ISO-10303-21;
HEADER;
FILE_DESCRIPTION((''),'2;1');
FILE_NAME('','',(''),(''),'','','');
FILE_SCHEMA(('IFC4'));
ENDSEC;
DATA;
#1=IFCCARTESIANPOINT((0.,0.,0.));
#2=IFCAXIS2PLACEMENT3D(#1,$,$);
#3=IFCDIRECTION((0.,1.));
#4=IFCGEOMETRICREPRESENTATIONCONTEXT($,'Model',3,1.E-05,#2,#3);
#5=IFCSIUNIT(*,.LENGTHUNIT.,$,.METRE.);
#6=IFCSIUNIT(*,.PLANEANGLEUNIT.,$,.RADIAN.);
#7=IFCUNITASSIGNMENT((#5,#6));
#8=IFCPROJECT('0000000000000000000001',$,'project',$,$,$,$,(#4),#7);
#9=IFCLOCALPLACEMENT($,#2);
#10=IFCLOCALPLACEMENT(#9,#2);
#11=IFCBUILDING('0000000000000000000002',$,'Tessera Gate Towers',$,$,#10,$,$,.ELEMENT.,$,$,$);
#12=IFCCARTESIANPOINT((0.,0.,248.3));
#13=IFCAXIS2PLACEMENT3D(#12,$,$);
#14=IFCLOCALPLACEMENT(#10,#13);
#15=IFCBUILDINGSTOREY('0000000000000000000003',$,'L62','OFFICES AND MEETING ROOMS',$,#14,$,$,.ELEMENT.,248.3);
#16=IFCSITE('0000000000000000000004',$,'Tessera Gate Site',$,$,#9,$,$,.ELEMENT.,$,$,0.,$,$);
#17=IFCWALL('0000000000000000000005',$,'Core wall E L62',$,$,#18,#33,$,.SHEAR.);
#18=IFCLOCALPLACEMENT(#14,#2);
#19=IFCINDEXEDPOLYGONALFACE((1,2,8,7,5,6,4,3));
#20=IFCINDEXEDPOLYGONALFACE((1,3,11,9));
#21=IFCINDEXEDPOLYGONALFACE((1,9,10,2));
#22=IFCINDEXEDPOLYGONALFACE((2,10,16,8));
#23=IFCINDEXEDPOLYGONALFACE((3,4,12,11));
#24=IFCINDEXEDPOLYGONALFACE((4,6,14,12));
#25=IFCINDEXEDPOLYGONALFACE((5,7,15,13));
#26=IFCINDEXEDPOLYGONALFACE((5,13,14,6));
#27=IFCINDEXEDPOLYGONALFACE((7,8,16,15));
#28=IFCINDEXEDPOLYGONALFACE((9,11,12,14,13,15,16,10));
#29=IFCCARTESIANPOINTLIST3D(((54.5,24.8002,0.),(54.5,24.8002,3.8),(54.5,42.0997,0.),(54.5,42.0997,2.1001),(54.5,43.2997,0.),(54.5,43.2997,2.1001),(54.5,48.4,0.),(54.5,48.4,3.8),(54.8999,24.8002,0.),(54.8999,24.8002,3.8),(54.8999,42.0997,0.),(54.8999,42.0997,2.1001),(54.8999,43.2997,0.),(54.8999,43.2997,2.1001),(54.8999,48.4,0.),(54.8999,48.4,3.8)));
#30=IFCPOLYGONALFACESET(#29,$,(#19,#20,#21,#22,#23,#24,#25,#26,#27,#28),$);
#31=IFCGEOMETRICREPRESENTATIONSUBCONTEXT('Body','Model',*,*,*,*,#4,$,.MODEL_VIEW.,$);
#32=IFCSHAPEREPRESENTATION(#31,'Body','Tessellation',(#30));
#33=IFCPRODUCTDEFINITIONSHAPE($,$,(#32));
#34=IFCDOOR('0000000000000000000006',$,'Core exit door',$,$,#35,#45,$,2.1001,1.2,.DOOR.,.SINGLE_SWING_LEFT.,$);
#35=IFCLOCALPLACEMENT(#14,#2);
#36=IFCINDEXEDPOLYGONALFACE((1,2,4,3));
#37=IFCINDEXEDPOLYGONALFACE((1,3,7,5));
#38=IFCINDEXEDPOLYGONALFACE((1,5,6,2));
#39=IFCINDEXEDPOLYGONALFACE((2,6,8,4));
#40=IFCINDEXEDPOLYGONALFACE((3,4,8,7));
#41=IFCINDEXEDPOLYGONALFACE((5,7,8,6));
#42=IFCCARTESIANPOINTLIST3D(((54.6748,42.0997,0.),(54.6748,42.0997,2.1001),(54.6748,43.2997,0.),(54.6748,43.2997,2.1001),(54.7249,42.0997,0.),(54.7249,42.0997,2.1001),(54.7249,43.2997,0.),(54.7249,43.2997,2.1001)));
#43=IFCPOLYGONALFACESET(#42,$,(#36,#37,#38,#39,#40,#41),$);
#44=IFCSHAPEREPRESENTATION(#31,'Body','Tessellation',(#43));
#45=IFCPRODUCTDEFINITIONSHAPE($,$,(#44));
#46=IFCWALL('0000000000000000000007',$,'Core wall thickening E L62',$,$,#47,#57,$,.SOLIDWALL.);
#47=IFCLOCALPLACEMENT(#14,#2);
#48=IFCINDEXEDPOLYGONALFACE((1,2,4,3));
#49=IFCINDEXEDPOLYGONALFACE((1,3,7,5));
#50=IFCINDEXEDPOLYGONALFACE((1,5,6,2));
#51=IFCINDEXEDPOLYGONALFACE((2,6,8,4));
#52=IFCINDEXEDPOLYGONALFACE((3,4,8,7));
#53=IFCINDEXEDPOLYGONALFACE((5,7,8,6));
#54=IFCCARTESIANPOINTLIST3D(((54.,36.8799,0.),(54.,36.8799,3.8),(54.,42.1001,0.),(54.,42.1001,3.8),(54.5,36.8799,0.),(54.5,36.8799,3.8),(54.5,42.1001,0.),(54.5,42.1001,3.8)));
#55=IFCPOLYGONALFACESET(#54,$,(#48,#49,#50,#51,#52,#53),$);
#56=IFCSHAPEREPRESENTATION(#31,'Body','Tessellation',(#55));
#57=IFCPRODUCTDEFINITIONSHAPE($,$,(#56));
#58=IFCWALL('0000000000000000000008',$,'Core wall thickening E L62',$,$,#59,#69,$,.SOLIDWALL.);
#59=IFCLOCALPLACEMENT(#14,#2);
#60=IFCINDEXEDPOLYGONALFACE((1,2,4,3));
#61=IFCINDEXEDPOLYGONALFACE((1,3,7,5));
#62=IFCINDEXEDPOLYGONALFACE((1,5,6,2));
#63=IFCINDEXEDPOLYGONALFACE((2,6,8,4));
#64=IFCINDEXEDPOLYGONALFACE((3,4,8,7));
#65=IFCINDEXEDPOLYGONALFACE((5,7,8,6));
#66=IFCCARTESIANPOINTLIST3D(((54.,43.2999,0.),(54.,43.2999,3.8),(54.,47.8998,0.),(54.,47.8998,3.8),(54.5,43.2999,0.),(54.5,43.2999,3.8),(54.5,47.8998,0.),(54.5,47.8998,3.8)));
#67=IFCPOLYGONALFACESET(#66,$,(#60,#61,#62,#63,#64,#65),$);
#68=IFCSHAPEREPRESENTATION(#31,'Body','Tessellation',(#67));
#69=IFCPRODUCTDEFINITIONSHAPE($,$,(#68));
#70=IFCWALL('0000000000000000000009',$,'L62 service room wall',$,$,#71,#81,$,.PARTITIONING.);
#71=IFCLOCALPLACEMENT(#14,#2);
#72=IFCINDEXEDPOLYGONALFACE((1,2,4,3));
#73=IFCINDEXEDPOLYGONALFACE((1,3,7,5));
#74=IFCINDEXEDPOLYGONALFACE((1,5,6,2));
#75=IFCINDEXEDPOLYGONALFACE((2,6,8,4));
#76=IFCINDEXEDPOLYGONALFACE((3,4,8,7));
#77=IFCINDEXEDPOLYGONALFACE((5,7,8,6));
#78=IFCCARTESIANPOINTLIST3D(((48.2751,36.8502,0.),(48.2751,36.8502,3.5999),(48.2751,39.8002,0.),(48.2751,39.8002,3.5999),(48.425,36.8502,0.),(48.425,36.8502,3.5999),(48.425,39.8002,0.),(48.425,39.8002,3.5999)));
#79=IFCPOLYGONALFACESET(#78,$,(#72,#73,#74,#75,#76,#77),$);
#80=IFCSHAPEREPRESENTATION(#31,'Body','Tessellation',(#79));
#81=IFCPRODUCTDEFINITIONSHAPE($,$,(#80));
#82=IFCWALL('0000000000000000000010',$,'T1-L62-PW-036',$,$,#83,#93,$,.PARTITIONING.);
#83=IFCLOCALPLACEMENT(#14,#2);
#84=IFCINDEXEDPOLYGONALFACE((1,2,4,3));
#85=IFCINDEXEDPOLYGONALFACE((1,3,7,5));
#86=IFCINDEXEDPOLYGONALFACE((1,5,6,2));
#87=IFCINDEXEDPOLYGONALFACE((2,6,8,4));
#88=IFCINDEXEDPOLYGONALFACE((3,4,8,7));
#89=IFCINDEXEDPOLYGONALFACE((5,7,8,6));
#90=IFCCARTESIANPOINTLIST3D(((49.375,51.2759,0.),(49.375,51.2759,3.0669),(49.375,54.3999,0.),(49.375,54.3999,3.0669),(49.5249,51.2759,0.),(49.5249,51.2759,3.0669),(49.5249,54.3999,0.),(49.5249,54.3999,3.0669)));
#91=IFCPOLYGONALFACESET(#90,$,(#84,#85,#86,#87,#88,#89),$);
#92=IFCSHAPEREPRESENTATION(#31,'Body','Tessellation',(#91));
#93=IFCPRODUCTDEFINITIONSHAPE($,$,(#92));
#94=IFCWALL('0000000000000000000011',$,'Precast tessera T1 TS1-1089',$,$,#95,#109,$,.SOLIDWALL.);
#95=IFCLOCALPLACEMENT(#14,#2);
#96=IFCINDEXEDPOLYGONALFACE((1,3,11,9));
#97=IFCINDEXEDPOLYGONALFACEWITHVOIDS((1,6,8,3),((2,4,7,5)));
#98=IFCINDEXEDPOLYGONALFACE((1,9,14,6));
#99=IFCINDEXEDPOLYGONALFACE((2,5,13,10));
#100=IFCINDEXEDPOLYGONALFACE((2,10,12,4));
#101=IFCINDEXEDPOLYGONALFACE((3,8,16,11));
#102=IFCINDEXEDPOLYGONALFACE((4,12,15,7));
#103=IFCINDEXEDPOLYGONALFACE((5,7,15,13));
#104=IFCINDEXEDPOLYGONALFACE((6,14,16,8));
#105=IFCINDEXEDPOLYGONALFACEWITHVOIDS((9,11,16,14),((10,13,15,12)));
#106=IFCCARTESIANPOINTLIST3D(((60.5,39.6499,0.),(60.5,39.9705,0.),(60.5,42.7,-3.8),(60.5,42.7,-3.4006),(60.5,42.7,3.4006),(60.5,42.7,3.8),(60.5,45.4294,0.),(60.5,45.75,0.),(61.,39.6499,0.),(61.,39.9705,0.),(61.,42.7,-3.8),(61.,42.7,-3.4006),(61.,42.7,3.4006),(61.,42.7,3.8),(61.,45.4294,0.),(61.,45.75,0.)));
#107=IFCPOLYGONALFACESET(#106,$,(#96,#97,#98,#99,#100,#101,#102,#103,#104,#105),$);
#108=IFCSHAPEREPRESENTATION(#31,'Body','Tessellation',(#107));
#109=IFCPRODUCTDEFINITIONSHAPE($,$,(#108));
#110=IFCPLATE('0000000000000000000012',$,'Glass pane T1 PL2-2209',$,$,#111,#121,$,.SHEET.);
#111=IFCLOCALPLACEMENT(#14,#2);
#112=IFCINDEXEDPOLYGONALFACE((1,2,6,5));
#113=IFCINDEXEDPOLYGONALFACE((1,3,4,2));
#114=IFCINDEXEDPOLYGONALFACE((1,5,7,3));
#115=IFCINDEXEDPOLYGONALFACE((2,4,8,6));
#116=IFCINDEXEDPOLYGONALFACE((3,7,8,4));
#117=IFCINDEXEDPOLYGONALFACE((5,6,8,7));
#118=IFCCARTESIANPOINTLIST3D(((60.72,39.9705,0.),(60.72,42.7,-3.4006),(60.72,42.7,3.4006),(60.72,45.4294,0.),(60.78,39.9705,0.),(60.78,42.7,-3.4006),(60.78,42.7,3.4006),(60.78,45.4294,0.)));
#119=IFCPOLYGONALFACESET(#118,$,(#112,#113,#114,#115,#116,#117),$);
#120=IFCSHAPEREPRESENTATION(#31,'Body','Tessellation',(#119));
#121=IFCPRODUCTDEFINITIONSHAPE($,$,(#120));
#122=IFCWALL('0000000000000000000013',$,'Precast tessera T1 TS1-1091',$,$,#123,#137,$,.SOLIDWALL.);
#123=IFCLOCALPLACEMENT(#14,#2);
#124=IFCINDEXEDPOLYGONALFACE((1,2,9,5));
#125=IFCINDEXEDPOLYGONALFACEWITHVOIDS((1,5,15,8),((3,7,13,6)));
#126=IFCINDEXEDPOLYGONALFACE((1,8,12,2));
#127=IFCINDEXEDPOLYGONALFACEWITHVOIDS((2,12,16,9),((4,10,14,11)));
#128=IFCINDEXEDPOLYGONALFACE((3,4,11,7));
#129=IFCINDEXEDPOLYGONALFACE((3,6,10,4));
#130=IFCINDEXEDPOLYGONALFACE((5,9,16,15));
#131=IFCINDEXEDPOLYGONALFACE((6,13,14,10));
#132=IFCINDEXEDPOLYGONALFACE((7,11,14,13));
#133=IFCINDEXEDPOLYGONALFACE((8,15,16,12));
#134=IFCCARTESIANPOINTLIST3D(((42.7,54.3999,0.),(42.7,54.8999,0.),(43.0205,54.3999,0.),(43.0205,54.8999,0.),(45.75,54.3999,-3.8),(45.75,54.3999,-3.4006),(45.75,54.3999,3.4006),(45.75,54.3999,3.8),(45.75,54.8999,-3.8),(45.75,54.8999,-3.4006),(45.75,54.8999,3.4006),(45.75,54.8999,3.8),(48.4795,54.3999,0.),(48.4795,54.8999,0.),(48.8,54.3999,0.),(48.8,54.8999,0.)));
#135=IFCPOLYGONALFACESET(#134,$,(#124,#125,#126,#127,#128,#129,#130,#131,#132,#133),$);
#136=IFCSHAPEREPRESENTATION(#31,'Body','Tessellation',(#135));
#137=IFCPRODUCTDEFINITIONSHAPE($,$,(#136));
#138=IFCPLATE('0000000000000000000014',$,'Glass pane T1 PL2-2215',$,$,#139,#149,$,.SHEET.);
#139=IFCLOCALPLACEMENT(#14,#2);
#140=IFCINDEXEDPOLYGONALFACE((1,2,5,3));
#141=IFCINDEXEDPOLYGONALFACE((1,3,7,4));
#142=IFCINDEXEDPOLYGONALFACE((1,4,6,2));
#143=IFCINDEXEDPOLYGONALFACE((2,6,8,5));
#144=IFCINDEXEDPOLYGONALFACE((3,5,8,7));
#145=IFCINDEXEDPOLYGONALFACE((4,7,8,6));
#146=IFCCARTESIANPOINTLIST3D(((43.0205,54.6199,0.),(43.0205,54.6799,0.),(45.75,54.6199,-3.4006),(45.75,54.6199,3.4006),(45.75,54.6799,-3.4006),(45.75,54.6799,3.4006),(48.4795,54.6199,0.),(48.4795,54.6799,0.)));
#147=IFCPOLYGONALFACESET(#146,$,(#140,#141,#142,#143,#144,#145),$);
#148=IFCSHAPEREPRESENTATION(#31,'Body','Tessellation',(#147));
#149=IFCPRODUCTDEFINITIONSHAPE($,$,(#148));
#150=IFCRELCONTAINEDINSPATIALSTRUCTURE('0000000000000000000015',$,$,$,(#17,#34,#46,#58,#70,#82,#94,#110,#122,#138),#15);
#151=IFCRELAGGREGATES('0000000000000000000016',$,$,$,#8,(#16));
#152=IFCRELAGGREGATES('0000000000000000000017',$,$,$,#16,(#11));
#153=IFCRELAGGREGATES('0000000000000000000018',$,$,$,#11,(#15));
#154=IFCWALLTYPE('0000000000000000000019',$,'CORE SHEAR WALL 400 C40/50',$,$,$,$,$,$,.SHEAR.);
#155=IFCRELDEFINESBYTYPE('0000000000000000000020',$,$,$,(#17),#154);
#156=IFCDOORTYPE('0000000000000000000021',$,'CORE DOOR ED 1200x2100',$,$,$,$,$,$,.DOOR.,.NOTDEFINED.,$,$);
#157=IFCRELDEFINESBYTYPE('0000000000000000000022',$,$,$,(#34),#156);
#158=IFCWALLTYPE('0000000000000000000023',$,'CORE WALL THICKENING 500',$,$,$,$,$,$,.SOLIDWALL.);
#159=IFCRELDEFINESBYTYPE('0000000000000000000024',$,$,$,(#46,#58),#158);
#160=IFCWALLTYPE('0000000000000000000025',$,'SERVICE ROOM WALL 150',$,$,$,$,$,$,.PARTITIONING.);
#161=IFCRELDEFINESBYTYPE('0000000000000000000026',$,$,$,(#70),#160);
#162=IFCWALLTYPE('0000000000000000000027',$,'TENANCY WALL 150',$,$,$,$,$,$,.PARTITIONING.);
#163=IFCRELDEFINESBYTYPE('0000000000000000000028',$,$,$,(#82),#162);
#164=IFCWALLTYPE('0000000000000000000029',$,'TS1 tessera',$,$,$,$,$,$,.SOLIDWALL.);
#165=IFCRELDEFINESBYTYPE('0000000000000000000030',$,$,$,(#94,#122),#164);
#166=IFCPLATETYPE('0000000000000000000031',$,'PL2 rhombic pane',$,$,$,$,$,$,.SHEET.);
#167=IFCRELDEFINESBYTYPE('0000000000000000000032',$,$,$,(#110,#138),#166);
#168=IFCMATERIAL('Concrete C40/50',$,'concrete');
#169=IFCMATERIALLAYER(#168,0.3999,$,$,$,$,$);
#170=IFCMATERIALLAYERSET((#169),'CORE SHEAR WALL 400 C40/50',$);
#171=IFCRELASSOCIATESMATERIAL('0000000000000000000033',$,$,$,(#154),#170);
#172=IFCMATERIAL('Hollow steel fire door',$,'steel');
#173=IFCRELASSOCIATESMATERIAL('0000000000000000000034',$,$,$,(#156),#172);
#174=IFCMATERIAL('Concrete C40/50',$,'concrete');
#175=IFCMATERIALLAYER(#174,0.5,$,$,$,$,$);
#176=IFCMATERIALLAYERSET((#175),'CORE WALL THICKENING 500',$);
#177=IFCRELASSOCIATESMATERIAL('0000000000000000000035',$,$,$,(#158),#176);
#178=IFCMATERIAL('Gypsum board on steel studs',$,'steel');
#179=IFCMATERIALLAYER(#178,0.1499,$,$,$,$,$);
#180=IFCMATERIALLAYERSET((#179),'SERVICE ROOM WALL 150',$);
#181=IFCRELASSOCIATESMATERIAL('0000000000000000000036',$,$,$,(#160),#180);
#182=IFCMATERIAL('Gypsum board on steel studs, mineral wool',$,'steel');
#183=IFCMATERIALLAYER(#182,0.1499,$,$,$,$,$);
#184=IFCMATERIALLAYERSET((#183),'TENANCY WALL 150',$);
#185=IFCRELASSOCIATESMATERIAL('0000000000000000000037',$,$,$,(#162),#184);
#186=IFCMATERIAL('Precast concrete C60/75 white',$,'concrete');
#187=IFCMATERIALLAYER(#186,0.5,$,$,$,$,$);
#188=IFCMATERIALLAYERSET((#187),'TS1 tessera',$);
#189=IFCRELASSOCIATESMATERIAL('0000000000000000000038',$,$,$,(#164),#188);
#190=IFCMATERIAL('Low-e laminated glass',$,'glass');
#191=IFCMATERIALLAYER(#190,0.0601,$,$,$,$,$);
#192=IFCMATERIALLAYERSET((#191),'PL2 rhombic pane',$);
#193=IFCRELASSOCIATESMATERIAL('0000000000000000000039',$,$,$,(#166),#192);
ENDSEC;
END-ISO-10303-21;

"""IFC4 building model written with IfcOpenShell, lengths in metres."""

from ifc_helpers import new_model, si_unit, direction, frame, frame_2d, origin, place, context, subcontext, project, spatial, polyline, rectangle, outline, extrude, source, transform, mapped, material, layer, layer_set, type_object, element, fill, save


model = new_model("IFC4")

# Units and contexts
model_context = context("Model", 3, precision=1e-05, world=origin(), true_north=direction((0.0, 1.0)))
body_context = subcontext(model_context, "Body", "Model", "MODEL_VIEW")
ifc_project = project(units=[si_unit("LENGTHUNIT", "METRE"), si_unit("PLANEANGLEUNIT", "RADIAN")], contexts=[model_context])

# Site, building, storey
site_placement = place(None, origin())
site = spatial("IfcSite", under=ifc_project, at=site_placement, Name="Tessera Gate Site", CompositionType="ELEMENT", RefElevation=0.0)
building_placement = place(site_placement, origin())
building = spatial("IfcBuilding", under=site, at=building_placement, Name="Tessera Gate Towers", CompositionType="ELEMENT")
storey_placement = place(building_placement, frame((0.0, 0.0, 248.3)))
storey = spatial("IfcBuildingStorey", under=building, at=storey_placement, Name="L62", Description="OFFICES AND MEETING ROOMS", CompositionType="ELEMENT", Elevation=248.3)

# Shared definitions
shared_shape_1 = source(origin(), body_context, "Body", "SweptSolid", [
    extrude(rectangle(XDim=1.2, YDim=2.1001, at=frame_2d((0.6001, 1.05))), frame((0.0, 0.0249, 0.0), z_axis=(0.0, -1.0, 0.0), x_axis=(1.0, 0.0, 0.0)), (0.0, 0.0, 1.0), 0.05),
])

# Wall, opening, door
ifc_material_1 = material(Name="Concrete C40/50", Category="concrete")
ifc_layer_1 = layer(ifc_material_1, 0.3999)
ifc_layer_set_1 = layer_set([ifc_layer_1], Name="CORE SHEAR WALL 400 C40/50")
wall_type_1 = type_object("IfcWallType", Name="CORE SHEAR WALL 400 C40/50", PredefinedType="SHEAR", material=ifc_layer_set_1)
wall_1_placement = place(storey_placement, frame((54.7, 48.3999, 0.0), z_axis=(0.0, 0.0, 1.0), x_axis=(0.0, -1.0, 0.0)))
wall_1 = element("IfcWall", 1, at=wall_1_placement, inside=storey, type_object=wall_type_1, Name="Core wall E L62", PredefinedType="SHEAR", context=body_context, shape_type="SweptSolid", body=[
    extrude(rectangle(XDim=23.5999, YDim=0.3999, at=frame_2d((11.7998, 0.0))), origin(), (0.0, 0.0, 1.0), 3.8),
])
shared_shape_2 = source(origin(), body_context, "Body", "SweptSolid", [
    extrude(rectangle(XDim=1.2, YDim=2.1001, at=frame_2d((0.6001, 1.05))), frame((0.0, 0.21, 0.0), z_axis=(0.0, -1.0, 0.0), x_axis=(1.0, 0.0, 0.0)), (0.0, 0.0, 1.0), 0.4199),
])
opening_1_placement = place(wall_1_placement, frame((5.1001, 0.0, 0.0)))
opening_1 = element("IfcOpeningElement", 2, at=opening_1_placement, cuts=wall_1, PredefinedType="OPENING", context=body_context, shape_type="MappedRepresentation", body=[
    mapped(shared_shape_2, transform((0.0, 0.0, 0.0), scale=1.0)),
])
ifc_material_2 = material(Name="Hollow steel fire door", Category="steel")
door_type_1 = type_object("IfcDoorType", Name="CORE DOOR ED 1200x2100", OperationType="NOTDEFINED", PredefinedType="DOOR", material=ifc_material_2)
door_1_placement = place(opening_1_placement, origin())
door_1 = element("IfcDoor", 3, at=door_1_placement, inside=storey, type_object=door_type_1, Name="Core exit door", OperationType="SINGLE_SWING_LEFT", OverallHeight=2.1001, OverallWidth=1.2, PredefinedType="DOOR", context=body_context, shape_type="MappedRepresentation", body=[
    mapped(shared_shape_1, transform((0.0, 0.0, 0.0), scale=1.0)),
])
fill(opening_1, door_1)

# Walls
ifc_material_3 = material(Name="Concrete C40/50", Category="concrete")
ifc_layer_2 = layer(ifc_material_3, 0.5)
ifc_layer_set_2 = layer_set([ifc_layer_2], Name="CORE WALL THICKENING 500")
wall_type_2 = type_object("IfcWallType", Name="CORE WALL THICKENING 500", PredefinedType="SOLIDWALL", material=ifc_layer_set_2)
wall_2_placement = place(storey_placement, frame((54.25, 36.8799, 0.0), z_axis=(0.0, 0.0, 1.0), x_axis=(0.0, 1.0, 0.0)))
element("IfcWall", 4, at=wall_2_placement, inside=storey, type_object=wall_type_2, Name="Core wall thickening E L62", PredefinedType="SOLIDWALL", context=body_context, shape_type="SweptSolid", body=[
    extrude(rectangle(XDim=5.2202, YDim=0.5, at=frame_2d((2.6101, 0.0))), origin(), (0.0, 0.0, 1.0), 3.8),
])
wall_3_placement = place(storey_placement, frame((54.25, 43.3, 0.0), z_axis=(0.0, 0.0, 1.0), x_axis=(0.0, 1.0, 0.0)))
element("IfcWall", 5, at=wall_3_placement, inside=storey, type_object=wall_type_2, Name="Core wall thickening E L62", PredefinedType="SOLIDWALL", context=body_context, shape_type="SweptSolid", body=[
    extrude(rectangle(XDim=4.5999, YDim=0.5, at=frame_2d((2.2998, 0.0))), origin(), (0.0, 0.0, 1.0), 3.8),
])
ifc_material_4 = material(Name="Gypsum board on steel studs", Category="steel")
ifc_layer_3 = layer(ifc_material_4, 0.1499)
ifc_layer_set_3 = layer_set([ifc_layer_3], Name="SERVICE ROOM WALL 150")
wall_type_3 = type_object("IfcWallType", Name="SERVICE ROOM WALL 150", PredefinedType="PARTITIONING", material=ifc_layer_set_3)
wall_4_placement = place(storey_placement, frame((48.3501, 36.8501, 0.0), z_axis=(0.0, 0.0, 1.0), x_axis=(0.0, 1.0, 0.0)))
element("IfcWall", 6, at=wall_4_placement, inside=storey, type_object=wall_type_3, Name="L62 service room wall", PredefinedType="PARTITIONING", context=body_context, shape_type="SweptSolid", body=[
    extrude(rectangle(XDim=2.95, YDim=0.1499, at=frame_2d((1.4751, 0.0))), origin(), (0.0, 0.0, 1.0), 3.5999),
])
ifc_material_5 = material(Name="Gypsum board on steel studs, mineral wool", Category="steel")
ifc_layer_4 = layer(ifc_material_5, 0.1499)
ifc_layer_set_4 = layer_set([ifc_layer_4], Name="TENANCY WALL 150")
wall_type_4 = type_object("IfcWallType", Name="TENANCY WALL 150", PredefinedType="PARTITIONING", material=ifc_layer_set_4)
wall_5_placement = place(storey_placement, frame((49.45, 51.2759, 0.0), z_axis=(0.0, 0.0, 1.0), x_axis=(0.0, 1.0, 0.0)))
element("IfcWall", 7, at=wall_5_placement, inside=storey, type_object=wall_type_4, Name="T1-L62-PW-036", PredefinedType="PARTITIONING", context=body_context, shape_type="SweptSolid", body=[
    extrude(rectangle(XDim=3.124, YDim=0.1499, at=frame_2d((1.562, 0.0))), origin(), (0.0, 0.0, 1.0), 3.0669),
])

# Walls, openings, plates
ifc_material_6 = material(Name="Precast concrete C60/75 white", Category="concrete")
ifc_layer_5 = layer(ifc_material_6, 0.5)
ifc_layer_set_5 = layer_set([ifc_layer_5], Name="TS1 tessera")
wall_type_5 = type_object("IfcWallType", Name="TS1 tessera", PredefinedType="SOLIDWALL", material=ifc_layer_set_5)
shared_shape_3 = source(origin(), body_context, "Body", "SweptSolid", [
    extrude(outline(polyline([(3.05, 0.0), (6.1001, 3.8), (3.05, 7.6001), (0.0, 3.8), (3.05, 0.0)])), frame((0.0, 0.25, 0.0), z_axis=(0.0, -1.0, 0.0), x_axis=(1.0, 0.0, 0.0)), (0.0, 0.0, 1.0), 0.5),
])
wall_6_placement = place(storey_placement, frame((60.75, 39.6499, -3.8), z_axis=(0.0, 0.0, 1.0), x_axis=(0.0, 1.0, 0.0)))
wall_6 = element("IfcWall", 8, at=wall_6_placement, inside=storey, type_object=wall_type_5, Name="Precast tessera T1 TS1-1089", PredefinedType="SOLIDWALL", context=body_context, shape_type="MappedRepresentation", body=[
    mapped(shared_shape_3, transform((0.0, 0.0, 0.0), scale=1.0)),
])
shared_shape_4 = source(origin(), body_context, "Body", "SweptSolid", [
    extrude(outline(polyline([(3.05, 0.3994), (5.7795, 3.8), (3.05, 7.2007), (0.3206, 3.8), (3.05, 0.3994)])), frame((0.0, 0.26, 0.0), z_axis=(0.0, -1.0, 0.0), x_axis=(1.0, 0.0, 0.0)), (0.0, 0.0, 1.0), 0.52),
])
opening_2_placement = place(wall_6_placement, origin())
opening_2 = element("IfcOpeningElement", 9, at=opening_2_placement, cuts=wall_6, PredefinedType="OPENING", context=body_context, shape_type="MappedRepresentation", body=[
    mapped(shared_shape_4, transform((0.0, 0.0, 0.0), scale=1.0)),
])
ifc_material_7 = material(Name="Low-e laminated glass", Category="glass")
ifc_layer_6 = layer(ifc_material_7, 0.0601)
ifc_layer_set_6 = layer_set([ifc_layer_6], Name="PL2 rhombic pane")
plate_type = type_object("IfcPlateType", Name="PL2 rhombic pane", PredefinedType="SHEET", material=ifc_layer_set_6)
shared_shape_5 = source(origin(), body_context, "Body", "SweptSolid", [
    extrude(outline(polyline([(3.05, 0.3994), (5.7795, 3.8), (3.05, 7.2007), (0.3206, 3.8), (3.05, 0.3994)])), frame((0.0, 0.03, 0.0), z_axis=(0.0, -1.0, 0.0), x_axis=(1.0, 0.0, 0.0)), (0.0, 0.0, 1.0), 0.0601),
])
plate_1_placement = place(opening_2_placement, origin())
plate_1 = element("IfcPlate", 10, at=plate_1_placement, inside=storey, type_object=plate_type, Name="Glass pane T1 PL2-2209", PredefinedType="SHEET", context=body_context, shape_type="MappedRepresentation", body=[
    mapped(shared_shape_5, transform((0.0, 0.0, 0.0), scale=1.0)),
])
fill(opening_2, plate_1)
wall_7_placement = place(storey_placement, frame((48.8, 54.6499, -3.8), z_axis=(0.0, 0.0, 1.0), x_axis=(-1.0, 0.0, 0.0)))
wall_7 = element("IfcWall", 11, at=wall_7_placement, inside=storey, type_object=wall_type_5, Name="Precast tessera T1 TS1-1091", PredefinedType="SOLIDWALL", context=body_context, shape_type="MappedRepresentation", body=[
    mapped(shared_shape_3, transform((0.0, 0.0, 0.0), scale=1.0)),
])
opening_3_placement = place(wall_7_placement, origin())
opening_3 = element("IfcOpeningElement", 12, at=opening_3_placement, cuts=wall_7, PredefinedType="OPENING", context=body_context, shape_type="MappedRepresentation", body=[
    mapped(shared_shape_4, transform((0.0, 0.0, 0.0), scale=1.0)),
])
plate_2_placement = place(opening_3_placement, origin())
plate_2 = element("IfcPlate", 13, at=plate_2_placement, inside=storey, type_object=plate_type, Name="Glass pane T1 PL2-2215", PredefinedType="SHEET", context=body_context, shape_type="MappedRepresentation", body=[
    mapped(shared_shape_5, transform((0.0, 0.0, 0.0), scale=1.0)),
])
fill(opening_3, plate_2)

save(model, "model.ifc")
